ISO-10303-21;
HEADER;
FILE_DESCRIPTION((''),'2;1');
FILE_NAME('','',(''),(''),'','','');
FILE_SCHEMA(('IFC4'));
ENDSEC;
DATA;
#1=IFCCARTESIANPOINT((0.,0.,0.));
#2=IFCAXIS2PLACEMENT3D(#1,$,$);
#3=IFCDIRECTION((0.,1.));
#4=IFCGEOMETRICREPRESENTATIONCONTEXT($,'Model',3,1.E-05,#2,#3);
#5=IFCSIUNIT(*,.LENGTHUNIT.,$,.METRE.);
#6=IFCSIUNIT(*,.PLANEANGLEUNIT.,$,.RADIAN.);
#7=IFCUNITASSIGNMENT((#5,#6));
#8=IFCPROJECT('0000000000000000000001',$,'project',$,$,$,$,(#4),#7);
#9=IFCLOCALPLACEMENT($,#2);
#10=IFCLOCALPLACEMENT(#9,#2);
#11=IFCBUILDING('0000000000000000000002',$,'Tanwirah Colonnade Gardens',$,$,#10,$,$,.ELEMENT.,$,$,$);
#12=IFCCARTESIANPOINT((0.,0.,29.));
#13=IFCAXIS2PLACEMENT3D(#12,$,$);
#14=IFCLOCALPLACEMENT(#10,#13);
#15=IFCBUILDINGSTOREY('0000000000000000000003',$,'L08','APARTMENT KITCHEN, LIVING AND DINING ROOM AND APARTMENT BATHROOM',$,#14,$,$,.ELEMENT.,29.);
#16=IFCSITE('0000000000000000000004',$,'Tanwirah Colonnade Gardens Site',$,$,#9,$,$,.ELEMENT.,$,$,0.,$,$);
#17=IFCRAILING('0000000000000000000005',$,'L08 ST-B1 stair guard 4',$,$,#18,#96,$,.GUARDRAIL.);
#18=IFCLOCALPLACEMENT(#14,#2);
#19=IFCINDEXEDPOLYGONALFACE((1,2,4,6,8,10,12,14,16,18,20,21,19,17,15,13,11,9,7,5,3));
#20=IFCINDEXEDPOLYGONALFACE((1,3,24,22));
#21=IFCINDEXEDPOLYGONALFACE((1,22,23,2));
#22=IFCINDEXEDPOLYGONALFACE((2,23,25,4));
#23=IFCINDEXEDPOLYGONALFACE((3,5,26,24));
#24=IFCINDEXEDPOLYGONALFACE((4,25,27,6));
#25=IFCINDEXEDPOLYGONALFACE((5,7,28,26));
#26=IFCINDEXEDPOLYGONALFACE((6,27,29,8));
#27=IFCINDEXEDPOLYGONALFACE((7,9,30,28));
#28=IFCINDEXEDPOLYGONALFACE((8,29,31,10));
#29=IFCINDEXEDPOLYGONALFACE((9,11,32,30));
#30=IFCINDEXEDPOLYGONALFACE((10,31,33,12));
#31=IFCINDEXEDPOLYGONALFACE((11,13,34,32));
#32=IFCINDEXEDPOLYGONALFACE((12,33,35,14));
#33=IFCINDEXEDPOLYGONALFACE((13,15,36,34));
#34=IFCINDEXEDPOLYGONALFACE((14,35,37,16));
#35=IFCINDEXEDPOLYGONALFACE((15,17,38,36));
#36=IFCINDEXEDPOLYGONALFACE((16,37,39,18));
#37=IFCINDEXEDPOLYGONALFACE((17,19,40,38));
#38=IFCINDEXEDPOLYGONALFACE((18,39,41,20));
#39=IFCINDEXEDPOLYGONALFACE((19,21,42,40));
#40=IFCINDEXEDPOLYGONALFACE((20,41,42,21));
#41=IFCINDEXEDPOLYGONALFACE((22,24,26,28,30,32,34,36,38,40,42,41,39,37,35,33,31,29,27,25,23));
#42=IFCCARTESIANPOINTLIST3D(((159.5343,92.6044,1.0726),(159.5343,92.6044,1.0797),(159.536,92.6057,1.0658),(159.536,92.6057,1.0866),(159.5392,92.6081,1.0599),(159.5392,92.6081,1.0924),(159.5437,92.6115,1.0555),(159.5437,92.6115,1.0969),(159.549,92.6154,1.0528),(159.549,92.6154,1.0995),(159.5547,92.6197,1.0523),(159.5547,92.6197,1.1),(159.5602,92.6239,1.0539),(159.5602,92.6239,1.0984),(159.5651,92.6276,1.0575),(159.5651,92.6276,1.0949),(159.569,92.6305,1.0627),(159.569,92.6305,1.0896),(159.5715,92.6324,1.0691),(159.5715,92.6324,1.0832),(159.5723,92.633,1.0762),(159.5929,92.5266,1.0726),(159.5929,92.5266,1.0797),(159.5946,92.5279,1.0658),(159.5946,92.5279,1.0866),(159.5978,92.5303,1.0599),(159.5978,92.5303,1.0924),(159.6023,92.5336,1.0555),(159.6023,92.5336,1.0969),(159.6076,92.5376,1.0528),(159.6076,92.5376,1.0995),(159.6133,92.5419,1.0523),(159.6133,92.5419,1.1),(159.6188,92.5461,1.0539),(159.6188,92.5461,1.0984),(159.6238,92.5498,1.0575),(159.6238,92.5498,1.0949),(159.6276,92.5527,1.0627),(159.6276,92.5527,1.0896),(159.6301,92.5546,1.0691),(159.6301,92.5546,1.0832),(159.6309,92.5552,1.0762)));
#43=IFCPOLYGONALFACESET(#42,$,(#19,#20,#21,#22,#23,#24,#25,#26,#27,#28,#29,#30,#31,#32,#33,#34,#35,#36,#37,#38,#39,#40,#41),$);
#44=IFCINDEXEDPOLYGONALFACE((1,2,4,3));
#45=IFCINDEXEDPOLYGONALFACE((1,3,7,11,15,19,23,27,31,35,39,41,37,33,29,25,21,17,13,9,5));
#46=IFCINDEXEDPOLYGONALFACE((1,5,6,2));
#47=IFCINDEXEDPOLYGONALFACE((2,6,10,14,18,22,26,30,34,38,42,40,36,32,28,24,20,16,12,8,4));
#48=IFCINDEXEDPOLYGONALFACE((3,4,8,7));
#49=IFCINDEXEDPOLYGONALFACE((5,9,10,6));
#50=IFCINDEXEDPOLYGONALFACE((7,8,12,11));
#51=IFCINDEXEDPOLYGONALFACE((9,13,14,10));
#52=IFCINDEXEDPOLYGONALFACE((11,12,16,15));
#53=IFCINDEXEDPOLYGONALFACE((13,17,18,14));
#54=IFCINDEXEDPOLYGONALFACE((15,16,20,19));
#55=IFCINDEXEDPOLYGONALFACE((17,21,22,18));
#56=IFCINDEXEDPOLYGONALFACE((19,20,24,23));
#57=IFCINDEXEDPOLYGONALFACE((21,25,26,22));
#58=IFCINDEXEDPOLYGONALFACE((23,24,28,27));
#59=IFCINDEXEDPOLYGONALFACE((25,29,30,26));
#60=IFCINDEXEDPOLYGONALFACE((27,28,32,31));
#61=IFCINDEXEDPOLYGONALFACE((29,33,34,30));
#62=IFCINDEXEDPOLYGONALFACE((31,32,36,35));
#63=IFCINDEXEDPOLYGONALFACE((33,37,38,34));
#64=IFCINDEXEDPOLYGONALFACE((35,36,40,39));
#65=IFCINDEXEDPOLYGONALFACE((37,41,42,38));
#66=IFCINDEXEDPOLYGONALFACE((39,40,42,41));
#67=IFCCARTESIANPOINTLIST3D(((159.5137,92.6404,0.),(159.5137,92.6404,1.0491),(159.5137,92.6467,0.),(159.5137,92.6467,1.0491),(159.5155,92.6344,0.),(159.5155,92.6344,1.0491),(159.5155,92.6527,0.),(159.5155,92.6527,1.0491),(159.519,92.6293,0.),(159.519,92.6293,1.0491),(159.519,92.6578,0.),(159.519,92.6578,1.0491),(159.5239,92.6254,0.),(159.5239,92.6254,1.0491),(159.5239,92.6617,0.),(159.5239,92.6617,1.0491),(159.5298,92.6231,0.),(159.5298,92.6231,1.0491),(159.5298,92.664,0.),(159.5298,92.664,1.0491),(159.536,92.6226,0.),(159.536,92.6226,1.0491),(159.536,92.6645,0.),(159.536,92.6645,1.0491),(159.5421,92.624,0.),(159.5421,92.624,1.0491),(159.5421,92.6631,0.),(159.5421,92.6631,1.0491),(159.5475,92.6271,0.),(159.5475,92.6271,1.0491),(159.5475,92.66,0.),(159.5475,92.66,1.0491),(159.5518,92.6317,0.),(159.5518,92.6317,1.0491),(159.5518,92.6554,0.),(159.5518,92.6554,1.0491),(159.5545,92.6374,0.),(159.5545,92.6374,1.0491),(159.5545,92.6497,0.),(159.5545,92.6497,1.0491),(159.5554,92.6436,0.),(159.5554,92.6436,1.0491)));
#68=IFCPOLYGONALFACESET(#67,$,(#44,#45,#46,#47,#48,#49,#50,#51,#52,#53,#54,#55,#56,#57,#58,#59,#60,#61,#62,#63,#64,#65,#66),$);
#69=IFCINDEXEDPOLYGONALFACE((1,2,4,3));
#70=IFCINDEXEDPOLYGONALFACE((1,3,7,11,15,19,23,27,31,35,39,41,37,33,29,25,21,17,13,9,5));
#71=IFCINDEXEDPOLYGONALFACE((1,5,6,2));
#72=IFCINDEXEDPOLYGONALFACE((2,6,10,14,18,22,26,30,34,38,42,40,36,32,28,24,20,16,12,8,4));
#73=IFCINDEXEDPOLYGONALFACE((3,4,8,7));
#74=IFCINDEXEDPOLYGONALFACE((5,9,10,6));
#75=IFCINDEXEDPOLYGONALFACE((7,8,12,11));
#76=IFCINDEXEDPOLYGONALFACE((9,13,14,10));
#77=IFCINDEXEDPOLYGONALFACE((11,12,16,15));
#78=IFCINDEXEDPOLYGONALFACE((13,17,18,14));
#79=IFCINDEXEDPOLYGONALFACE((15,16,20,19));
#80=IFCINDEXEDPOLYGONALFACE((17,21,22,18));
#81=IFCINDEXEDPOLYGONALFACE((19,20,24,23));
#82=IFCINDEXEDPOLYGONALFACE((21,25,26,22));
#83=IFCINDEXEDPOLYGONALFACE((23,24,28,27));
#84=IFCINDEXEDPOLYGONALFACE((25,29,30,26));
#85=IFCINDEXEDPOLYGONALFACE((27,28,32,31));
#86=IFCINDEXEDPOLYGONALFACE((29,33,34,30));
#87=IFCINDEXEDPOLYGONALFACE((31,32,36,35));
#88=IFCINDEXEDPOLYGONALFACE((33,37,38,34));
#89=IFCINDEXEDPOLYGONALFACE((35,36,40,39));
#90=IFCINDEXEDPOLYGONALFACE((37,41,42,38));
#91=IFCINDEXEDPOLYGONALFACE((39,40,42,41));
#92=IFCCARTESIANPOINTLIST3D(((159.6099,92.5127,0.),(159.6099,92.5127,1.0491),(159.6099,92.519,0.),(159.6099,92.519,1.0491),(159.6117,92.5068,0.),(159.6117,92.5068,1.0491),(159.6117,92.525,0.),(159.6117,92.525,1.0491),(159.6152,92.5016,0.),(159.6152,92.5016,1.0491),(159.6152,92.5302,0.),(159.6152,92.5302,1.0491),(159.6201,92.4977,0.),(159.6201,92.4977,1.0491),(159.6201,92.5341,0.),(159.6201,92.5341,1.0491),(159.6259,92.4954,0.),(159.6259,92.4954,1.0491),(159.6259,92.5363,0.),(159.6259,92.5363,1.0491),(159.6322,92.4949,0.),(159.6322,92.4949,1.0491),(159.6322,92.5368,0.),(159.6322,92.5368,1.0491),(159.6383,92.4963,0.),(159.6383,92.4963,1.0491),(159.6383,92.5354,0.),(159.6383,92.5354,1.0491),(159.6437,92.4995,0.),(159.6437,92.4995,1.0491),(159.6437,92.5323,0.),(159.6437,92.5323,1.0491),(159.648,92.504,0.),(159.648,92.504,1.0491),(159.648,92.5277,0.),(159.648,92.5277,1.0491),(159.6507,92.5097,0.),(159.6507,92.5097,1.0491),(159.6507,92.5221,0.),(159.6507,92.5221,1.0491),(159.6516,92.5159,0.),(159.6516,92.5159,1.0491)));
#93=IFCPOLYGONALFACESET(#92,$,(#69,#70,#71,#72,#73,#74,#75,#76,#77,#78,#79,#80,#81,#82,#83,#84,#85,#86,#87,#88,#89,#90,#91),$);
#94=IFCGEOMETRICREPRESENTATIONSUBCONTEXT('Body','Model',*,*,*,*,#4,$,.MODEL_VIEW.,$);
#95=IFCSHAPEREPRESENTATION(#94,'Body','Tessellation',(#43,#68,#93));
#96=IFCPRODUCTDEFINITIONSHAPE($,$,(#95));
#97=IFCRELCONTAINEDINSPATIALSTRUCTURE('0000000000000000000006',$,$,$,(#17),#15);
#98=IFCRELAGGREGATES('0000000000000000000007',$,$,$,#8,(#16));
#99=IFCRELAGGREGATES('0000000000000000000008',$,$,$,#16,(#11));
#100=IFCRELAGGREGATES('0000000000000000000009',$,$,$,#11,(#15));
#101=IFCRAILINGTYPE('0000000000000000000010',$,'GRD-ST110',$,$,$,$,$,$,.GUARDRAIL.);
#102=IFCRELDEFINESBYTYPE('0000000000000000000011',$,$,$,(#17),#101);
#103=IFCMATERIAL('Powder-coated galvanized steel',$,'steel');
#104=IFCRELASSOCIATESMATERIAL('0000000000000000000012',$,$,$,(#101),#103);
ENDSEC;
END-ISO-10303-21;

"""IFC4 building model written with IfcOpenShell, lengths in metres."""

from ifc_helpers import new_model, si_unit, direction, frame, origin, origin_2d, place, context, subcontext, project, spatial, circle, extrude, material, type_object, element, save


model = new_model("IFC4")

# Units and contexts
model_context = context("Model", 3, precision=1e-05, world=origin(), true_north=direction((0.0, 1.0)))
body_context = subcontext(model_context, "Body", "Model", "MODEL_VIEW")
ifc_project = project(units=[si_unit("LENGTHUNIT", "METRE"), si_unit("PLANEANGLEUNIT", "RADIAN")], contexts=[model_context])

# Site, building, storey
site_placement = place(None, origin())
site = spatial("IfcSite", under=ifc_project, at=site_placement, Name="Tanwirah Colonnade Gardens Site", CompositionType="ELEMENT", RefElevation=0.0)
building_placement = place(site_placement, origin())
building = spatial("IfcBuilding", under=site, at=building_placement, Name="Tanwirah Colonnade Gardens", CompositionType="ELEMENT")
storey_placement = place(building_placement, frame((0.0, 0.0, 29.0)))
storey = spatial("IfcBuildingStorey", under=building, at=storey_placement, Name="L08", Description="APARTMENT KITCHEN, LIVING AND DINING ROOM AND APARTMENT BATHROOM", CompositionType="ELEMENT", Elevation=29.0)

# Railing
ifc_material_1 = material(Name="Powder-coated galvanized steel", Category="steel")
railing_type_1 = type_object("IfcRailingType", Name="GRD-ST110", PredefinedType="GUARDRAIL", material=ifc_material_1)
railing_1_placement = place(storey_placement, frame((159.5344, 92.6436, 0.0)))
element("IfcRailing", 1, at=railing_1_placement, inside=storey, type_object=railing_type_1, Name="L08 ST-B1 stair guard 4", PredefinedType="GUARDRAIL", context=body_context, shape_type="SweptSolid", body=[
    extrude(circle(Radius=0.0239, at=origin_2d()), frame((0.0188, -0.0249, 1.0762), z_axis=(0.601709, -0.798715, 0.0), x_axis=(0.798715, 0.601709, 0.0)), (0.0, 0.0, 1.0), 0.0974),
    extrude(circle(Radius=0.021, at=origin_2d()), origin(), (0.0, 0.0, 1.0), 1.0491),
    extrude(circle(Radius=0.021, at=origin_2d()), frame((0.0962, -0.1277, 0.0)), (0.0, 0.0, 1.0), 1.0491),
])

save(model, "model.ifc")
